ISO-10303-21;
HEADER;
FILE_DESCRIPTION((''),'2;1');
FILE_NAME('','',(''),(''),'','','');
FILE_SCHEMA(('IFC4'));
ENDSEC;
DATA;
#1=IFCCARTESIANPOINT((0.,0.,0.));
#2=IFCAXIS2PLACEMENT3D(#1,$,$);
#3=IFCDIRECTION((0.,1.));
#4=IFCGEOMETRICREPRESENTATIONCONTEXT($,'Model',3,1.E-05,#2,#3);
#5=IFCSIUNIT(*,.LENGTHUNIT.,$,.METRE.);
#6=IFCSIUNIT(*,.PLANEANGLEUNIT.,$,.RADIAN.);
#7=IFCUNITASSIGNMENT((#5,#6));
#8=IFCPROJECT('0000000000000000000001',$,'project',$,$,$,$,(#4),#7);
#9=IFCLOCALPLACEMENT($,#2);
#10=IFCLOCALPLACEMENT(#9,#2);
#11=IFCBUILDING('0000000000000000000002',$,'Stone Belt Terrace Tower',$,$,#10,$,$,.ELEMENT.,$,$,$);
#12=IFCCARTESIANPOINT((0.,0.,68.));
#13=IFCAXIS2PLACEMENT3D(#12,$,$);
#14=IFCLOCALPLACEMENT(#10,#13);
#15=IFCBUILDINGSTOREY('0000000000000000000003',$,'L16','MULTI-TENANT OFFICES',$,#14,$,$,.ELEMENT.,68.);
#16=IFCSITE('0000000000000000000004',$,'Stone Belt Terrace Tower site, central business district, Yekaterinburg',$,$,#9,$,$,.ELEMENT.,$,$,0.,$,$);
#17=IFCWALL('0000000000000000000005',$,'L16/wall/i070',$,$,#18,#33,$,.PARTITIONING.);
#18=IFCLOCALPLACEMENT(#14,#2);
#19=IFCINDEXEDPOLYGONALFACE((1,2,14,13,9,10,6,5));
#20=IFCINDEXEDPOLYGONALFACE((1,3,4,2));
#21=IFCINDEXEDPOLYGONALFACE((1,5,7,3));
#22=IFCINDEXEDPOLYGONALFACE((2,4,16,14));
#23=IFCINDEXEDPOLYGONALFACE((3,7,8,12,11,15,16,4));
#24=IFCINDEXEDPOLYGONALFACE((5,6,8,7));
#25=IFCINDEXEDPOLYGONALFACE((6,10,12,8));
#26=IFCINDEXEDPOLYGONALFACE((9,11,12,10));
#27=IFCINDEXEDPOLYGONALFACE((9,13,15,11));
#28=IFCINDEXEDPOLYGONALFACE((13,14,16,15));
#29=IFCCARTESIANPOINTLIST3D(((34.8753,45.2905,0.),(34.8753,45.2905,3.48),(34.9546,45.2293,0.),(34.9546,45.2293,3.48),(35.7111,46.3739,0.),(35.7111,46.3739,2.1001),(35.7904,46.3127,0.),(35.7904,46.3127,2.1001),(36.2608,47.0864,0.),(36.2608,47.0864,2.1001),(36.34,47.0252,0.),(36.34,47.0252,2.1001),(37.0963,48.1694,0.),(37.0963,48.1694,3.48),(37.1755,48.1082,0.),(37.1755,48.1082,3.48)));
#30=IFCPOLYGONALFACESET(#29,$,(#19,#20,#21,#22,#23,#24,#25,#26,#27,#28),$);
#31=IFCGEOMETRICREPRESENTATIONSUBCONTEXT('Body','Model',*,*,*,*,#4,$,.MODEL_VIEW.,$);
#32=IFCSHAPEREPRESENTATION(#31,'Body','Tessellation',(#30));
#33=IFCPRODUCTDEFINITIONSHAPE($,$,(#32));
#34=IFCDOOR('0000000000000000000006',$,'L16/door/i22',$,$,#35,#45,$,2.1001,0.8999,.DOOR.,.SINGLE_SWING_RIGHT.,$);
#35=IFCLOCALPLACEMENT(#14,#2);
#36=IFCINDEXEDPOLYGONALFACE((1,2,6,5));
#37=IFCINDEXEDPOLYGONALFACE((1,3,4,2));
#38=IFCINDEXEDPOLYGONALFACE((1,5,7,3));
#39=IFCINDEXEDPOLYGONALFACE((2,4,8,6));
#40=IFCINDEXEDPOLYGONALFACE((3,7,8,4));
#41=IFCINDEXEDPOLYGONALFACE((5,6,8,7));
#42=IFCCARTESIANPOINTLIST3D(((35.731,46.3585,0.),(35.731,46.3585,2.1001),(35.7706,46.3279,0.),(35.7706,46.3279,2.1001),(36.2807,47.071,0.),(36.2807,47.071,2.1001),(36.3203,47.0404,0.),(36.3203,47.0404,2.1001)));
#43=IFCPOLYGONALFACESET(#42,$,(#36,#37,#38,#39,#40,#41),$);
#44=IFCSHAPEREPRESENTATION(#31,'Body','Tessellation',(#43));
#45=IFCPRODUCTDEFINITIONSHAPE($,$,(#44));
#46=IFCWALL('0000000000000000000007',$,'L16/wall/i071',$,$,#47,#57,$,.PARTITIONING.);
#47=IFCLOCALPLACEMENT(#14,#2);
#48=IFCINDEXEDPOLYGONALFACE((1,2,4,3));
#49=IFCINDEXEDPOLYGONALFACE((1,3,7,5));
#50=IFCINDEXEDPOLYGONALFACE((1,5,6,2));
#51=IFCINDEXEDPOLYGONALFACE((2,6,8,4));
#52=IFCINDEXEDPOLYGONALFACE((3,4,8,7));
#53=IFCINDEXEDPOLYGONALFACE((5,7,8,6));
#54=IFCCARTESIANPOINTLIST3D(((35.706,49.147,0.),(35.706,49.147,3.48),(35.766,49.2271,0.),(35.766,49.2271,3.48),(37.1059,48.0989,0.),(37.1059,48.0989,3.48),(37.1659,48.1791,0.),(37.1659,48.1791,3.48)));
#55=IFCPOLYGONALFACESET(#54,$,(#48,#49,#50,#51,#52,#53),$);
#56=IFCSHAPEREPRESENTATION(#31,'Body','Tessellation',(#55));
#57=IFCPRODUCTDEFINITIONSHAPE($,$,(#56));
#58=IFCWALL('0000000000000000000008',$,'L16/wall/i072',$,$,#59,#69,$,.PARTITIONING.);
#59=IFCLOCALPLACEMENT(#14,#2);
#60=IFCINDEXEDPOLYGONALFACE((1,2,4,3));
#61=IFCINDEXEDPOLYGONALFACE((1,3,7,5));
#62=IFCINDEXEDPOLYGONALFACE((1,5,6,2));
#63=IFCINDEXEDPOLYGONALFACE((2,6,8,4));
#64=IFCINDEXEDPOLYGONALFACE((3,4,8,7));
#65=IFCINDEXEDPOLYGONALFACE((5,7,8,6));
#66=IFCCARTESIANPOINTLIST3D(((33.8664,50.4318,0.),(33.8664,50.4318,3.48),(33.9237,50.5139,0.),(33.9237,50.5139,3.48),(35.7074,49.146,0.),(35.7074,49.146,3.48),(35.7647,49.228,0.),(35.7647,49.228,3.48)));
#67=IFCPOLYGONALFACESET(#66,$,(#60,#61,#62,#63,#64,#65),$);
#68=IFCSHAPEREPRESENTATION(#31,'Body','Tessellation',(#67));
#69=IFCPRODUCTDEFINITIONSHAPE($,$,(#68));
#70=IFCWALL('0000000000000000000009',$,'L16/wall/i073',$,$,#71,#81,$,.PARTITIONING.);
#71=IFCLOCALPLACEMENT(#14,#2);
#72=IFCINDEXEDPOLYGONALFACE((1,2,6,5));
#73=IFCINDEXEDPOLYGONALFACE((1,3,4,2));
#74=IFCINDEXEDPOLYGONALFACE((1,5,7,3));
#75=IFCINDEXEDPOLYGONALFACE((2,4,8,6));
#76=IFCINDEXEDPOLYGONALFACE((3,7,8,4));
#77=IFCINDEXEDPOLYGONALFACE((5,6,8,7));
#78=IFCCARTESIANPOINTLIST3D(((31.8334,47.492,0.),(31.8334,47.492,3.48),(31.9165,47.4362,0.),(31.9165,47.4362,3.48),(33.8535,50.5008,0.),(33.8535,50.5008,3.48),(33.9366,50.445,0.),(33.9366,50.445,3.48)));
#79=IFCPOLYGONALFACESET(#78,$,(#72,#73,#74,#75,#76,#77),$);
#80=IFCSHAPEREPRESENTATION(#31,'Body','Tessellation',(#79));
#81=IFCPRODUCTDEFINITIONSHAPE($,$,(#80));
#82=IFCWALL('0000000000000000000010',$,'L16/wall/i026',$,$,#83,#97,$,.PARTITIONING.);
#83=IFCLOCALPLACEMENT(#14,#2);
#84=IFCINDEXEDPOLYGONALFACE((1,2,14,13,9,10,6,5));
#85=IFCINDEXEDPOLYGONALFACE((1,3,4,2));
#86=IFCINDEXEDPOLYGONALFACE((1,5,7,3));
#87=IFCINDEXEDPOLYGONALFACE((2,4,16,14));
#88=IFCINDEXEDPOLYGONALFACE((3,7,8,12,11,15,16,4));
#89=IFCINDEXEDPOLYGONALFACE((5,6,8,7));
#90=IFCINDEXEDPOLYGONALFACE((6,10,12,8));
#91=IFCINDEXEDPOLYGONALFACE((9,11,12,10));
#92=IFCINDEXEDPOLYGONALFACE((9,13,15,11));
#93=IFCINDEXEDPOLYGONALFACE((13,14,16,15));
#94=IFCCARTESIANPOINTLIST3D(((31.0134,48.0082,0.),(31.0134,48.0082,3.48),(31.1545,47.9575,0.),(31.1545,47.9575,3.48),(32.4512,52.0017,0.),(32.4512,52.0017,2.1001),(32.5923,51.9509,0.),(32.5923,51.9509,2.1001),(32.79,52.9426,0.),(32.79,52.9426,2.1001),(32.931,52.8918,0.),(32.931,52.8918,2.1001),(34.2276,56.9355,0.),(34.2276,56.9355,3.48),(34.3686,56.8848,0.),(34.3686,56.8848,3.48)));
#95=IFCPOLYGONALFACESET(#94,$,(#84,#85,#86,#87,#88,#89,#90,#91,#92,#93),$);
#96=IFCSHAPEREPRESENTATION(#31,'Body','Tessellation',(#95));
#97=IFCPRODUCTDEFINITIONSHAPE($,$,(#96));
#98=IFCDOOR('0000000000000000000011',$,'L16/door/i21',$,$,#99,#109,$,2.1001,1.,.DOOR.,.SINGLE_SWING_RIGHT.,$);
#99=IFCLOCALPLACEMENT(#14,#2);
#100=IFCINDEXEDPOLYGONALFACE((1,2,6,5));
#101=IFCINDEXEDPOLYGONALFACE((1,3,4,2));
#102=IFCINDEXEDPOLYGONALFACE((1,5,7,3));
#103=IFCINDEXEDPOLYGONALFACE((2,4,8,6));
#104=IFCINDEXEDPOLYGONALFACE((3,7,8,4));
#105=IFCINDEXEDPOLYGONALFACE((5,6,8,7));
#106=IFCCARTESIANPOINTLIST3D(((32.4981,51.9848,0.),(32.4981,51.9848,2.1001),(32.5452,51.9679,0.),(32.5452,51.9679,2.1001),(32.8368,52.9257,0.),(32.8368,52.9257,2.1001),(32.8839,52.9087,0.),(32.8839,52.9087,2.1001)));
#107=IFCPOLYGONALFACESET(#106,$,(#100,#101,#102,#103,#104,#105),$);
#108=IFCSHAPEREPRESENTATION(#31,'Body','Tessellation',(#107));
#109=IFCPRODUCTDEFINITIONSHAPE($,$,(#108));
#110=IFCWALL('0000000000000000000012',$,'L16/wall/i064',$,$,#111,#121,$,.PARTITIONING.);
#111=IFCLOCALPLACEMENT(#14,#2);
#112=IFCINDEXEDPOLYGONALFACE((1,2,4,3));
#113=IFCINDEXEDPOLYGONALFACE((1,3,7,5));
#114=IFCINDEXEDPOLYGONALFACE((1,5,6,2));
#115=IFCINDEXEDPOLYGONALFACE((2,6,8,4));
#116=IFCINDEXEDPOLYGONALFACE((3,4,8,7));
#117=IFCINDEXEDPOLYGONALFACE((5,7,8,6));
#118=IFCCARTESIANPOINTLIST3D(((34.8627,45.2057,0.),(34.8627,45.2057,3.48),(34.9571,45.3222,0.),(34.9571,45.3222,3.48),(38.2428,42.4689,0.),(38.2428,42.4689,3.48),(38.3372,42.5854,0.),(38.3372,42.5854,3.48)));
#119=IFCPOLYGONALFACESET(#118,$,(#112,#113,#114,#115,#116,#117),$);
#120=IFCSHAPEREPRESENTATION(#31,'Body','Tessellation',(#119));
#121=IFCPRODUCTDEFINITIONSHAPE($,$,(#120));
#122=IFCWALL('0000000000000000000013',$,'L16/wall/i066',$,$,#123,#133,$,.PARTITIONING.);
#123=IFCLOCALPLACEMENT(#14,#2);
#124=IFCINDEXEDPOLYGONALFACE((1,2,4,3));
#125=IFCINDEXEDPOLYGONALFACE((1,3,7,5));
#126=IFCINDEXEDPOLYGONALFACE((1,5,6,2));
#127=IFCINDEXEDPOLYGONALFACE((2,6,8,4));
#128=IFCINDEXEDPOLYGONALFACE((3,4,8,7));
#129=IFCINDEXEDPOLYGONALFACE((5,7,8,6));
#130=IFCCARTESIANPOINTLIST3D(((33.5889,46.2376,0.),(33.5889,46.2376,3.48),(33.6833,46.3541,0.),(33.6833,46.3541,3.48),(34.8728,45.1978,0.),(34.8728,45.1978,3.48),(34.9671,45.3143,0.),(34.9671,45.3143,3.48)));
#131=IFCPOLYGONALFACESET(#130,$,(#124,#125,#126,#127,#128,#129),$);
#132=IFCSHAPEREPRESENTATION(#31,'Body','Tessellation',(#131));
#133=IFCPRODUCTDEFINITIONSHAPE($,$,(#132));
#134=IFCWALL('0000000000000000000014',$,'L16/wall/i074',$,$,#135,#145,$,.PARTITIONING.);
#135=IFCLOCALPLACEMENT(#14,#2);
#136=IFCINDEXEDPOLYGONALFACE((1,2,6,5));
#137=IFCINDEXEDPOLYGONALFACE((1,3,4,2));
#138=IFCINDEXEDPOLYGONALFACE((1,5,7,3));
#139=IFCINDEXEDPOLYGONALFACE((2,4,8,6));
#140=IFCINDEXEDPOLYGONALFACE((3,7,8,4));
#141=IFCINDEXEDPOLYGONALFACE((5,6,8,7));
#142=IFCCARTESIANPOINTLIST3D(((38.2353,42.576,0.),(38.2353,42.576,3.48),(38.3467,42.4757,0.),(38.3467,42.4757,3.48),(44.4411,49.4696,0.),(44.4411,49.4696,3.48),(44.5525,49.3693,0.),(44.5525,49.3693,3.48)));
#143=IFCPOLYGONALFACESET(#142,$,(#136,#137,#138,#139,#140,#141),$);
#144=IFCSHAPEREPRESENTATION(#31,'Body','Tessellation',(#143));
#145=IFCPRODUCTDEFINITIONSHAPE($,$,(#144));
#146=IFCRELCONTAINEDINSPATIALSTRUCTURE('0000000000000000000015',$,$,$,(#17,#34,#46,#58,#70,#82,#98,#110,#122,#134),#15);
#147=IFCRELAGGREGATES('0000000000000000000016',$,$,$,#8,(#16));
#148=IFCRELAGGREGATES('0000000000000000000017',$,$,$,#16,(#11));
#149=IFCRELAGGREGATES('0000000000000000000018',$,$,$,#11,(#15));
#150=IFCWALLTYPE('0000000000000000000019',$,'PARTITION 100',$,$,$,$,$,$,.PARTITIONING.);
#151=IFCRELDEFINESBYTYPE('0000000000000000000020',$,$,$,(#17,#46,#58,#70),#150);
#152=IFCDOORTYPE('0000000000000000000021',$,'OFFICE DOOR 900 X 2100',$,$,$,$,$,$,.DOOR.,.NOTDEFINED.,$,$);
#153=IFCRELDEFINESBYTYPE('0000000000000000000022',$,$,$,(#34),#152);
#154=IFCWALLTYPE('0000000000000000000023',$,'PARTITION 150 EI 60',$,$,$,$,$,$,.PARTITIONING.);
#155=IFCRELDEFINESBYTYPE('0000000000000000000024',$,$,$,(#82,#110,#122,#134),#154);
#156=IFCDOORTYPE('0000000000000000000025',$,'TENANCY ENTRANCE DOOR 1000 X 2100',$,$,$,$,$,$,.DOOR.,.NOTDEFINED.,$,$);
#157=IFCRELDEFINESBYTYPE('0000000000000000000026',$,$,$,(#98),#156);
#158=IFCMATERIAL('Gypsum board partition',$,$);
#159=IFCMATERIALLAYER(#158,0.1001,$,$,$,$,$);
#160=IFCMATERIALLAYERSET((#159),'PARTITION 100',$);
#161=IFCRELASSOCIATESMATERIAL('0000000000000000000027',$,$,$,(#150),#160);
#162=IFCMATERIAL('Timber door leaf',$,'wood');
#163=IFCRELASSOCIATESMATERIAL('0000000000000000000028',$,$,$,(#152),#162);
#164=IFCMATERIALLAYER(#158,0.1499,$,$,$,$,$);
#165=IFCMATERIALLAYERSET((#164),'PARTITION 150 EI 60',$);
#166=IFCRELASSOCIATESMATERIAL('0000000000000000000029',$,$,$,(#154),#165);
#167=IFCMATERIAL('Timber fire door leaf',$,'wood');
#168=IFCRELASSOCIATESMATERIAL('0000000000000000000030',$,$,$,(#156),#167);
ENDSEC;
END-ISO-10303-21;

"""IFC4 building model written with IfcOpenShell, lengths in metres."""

from ifc_helpers import new_model, si_unit, direction, frame, frame_2d, origin, place, context, subcontext, project, spatial, rectangle, extrude, material, layer, layer_set, type_object, element, fill, save


model = new_model("IFC4")

# Units and contexts
model_context = context("Model", 3, precision=1e-05, world=origin(), true_north=direction((0.0, 1.0)))
body_context = subcontext(model_context, "Body", "Model", "MODEL_VIEW")
ifc_project = project(units=[si_unit("LENGTHUNIT", "METRE"), si_unit("PLANEANGLEUNIT", "RADIAN")], contexts=[model_context])

# Site, building, storey
site_placement = place(None, origin())
site = spatial("IfcSite", under=ifc_project, at=site_placement, Name="Stone Belt Terrace Tower site, central business district, Yekaterinburg", CompositionType="ELEMENT", RefElevation=0.0)
building_placement = place(site_placement, origin())
building = spatial("IfcBuilding", under=site, at=building_placement, Name="Stone Belt Terrace Tower", CompositionType="ELEMENT")
storey_placement = place(building_placement, frame((0.0, 0.0, 68.0)))
storey = spatial("IfcBuildingStorey", under=building, at=storey_placement, Name="L16", Description="MULTI-TENANT OFFICES", CompositionType="ELEMENT", Elevation=68.0)

# Wall, opening, door
ifc_material_1 = material(Name="Gypsum board partition")
ifc_layer_1 = layer(ifc_material_1, 0.1001)
ifc_layer_set_1 = layer_set([ifc_layer_1], Name="PARTITION 100")
wall_type_1 = type_object("IfcWallType", Name="PARTITION 100", PredefinedType="PARTITIONING", material=ifc_layer_set_1)
wall_1_placement = place(storey_placement, frame((34.915, 45.26, 0.0), z_axis=(0.0, 0.0, 1.0), x_axis=(0.610817, 0.791772, 0.0)))
wall_1 = element("IfcWall", 1, at=wall_1_placement, inside=storey, type_object=wall_type_1, Name="L16/wall/i070", PredefinedType="PARTITIONING", context=body_context, shape_type="SweptSolid", body=[
    extrude(rectangle(XDim=3.636, YDim=0.1001, at=frame_2d((1.8179, 0.0))), origin(), (0.0, 0.0, 1.0), 3.48),
])
opening_1_placement = place(wall_1_placement, frame((1.3682, 0.0, 0.0)))
opening_1 = element("IfcOpeningElement", 2, at=opening_1_placement, cuts=wall_1, PredefinedType="OPENING", context=body_context, shape_type="SweptSolid", body=[
    extrude(rectangle(XDim=0.8999, YDim=2.1001, at=frame_2d((0.45, 1.05))), frame((0.0, 0.0601, 0.0), z_axis=(0.0, -1.0, 0.0), x_axis=(1.0, 0.0, 0.0)), (0.0, 0.0, 1.0), 0.1201),
])
ifc_material_2 = material(Name="Timber door leaf", Category="wood")
door_type_1 = type_object("IfcDoorType", Name="OFFICE DOOR 900 X 2100", OperationType="NOTDEFINED", PredefinedType="DOOR", material=ifc_material_2)
door_1_placement = place(opening_1_placement, origin())
door_1 = element("IfcDoor", 3, at=door_1_placement, inside=storey, type_object=door_type_1, Name="L16/door/i22", OperationType="SINGLE_SWING_RIGHT", OverallHeight=2.1001, OverallWidth=0.8999, PredefinedType="DOOR", context=body_context, shape_type="SweptSolid", body=[
    extrude(rectangle(XDim=0.8999, YDim=2.1001, at=frame_2d((0.45, 1.05))), frame((0.0, 0.0249, 0.0), z_axis=(0.0, -1.0, 0.0), x_axis=(1.0, 0.0, 0.0)), (0.0, 0.0, 1.0), 0.05),
])
fill(opening_1, door_1)

# Walls
wall_2_placement = place(storey_placement, frame((37.136, 48.1389, 0.0), z_axis=(0.0, 0.0, 1.0), x_axis=(-0.800502, 0.59933, 0.0)))
element("IfcWall", 4, at=wall_2_placement, inside=storey, type_object=wall_type_1, Name="L16/wall/i071", PredefinedType="PARTITIONING", context=body_context, shape_type="SweptSolid", body=[
    extrude(rectangle(XDim=1.7488, YDim=0.1001, at=frame_2d((0.8745, 0.0))), origin(), (0.0, 0.0, 1.0), 3.48),
])
wall_3_placement = place(storey_placement, frame((35.7361, 49.187, 0.0), z_axis=(0.0, 0.0, 1.0), x_axis=(-0.819829, 0.572608, 0.0)))
element("IfcWall", 5, at=wall_3_placement, inside=storey, type_object=wall_type_1, Name="L16/wall/i072", PredefinedType="PARTITIONING", context=body_context, shape_type="SweptSolid", body=[
    extrude(rectangle(XDim=2.2456, YDim=0.1001, at=frame_2d((1.1228, 0.0))), origin(), (0.0, 0.0, 1.0), 3.48),
])
wall_4_placement = place(storey_placement, frame((33.895, 50.4729, 0.0), z_axis=(0.0, 0.0, 1.0), x_axis=(-0.557402, -0.830243, 0.0)))
element("IfcWall", 6, at=wall_4_placement, inside=storey, type_object=wall_type_1, Name="L16/wall/i073", PredefinedType="PARTITIONING", context=body_context, shape_type="SweptSolid", body=[
    extrude(rectangle(XDim=3.624, YDim=0.1001, at=frame_2d((1.812, 0.0))), origin(), (0.0, 0.0, 1.0), 3.48),
])

# Wall, opening, door
ifc_layer_2 = layer(ifc_material_1, 0.1499)
ifc_layer_set_2 = layer_set([ifc_layer_2], Name="PARTITION 150 EI 60")
wall_type_2 = type_object("IfcWallType", Name="PARTITION 150 EI 60", PredefinedType="PARTITIONING", material=ifc_layer_set_2)
wall_5_placement = place(storey_placement, frame((34.2981, 56.9102, 0.0), z_axis=(0.0, 0.0, 1.0), x_axis=(-0.338748, -0.940877, 0.0)))
wall_5 = element("IfcWall", 7, at=wall_5_placement, inside=storey, type_object=wall_type_2, Name="L16/wall/i026", PredefinedType="PARTITIONING", context=body_context, shape_type="SweptSolid", body=[
    extrude(rectangle(XDim=9.4883, YDim=0.1499, at=frame_2d((4.7441, 0.0))), origin(), (0.0, 0.0, 1.0), 3.48),
])
opening_2_placement = place(wall_5_placement, frame((4.2439, 0.0, 0.0)))
opening_2 = element("IfcOpeningElement", 8, at=opening_2_placement, cuts=wall_5, PredefinedType="OPENING", context=body_context, shape_type="SweptSolid", body=[
    extrude(rectangle(XDim=1.0, YDim=2.1001, at=frame_2d((0.5, 1.05))), frame((0.0, 0.085, 0.0), z_axis=(0.0, -1.0, 0.0), x_axis=(1.0, 0.0, 0.0)), (0.0, 0.0, 1.0), 0.1699),
])
ifc_material_3 = material(Name="Timber fire door leaf", Category="wood")
door_type_2 = type_object("IfcDoorType", Name="TENANCY ENTRANCE DOOR 1000 X 2100", OperationType="NOTDEFINED", PredefinedType="DOOR", material=ifc_material_3)
door_2_placement = place(opening_2_placement, origin())
door_2 = element("IfcDoor", 9, at=door_2_placement, inside=storey, type_object=door_type_2, Name="L16/door/i21", OperationType="SINGLE_SWING_RIGHT", OverallHeight=2.1001, OverallWidth=1.0, PredefinedType="DOOR", context=body_context, shape_type="SweptSolid", body=[
    extrude(rectangle(XDim=1.0, YDim=2.1001, at=frame_2d((0.5, 1.05))), frame((0.0, 0.0249, 0.0), z_axis=(0.0, -1.0, 0.0), x_axis=(1.0, 0.0, 0.0)), (0.0, 0.0, 1.0), 0.05),
])
fill(opening_2, door_2)

# Walls
wall_6_placement = place(storey_placement, frame((34.9099, 45.2639, 0.0), z_axis=(0.0, 0.0, 1.0), x_axis=(0.777186, -0.629271, 0.0)))
element("IfcWall", 10, at=wall_6_placement, inside=storey, type_object=wall_type_2, Name="L16/wall/i064", PredefinedType="PARTITIONING", context=body_context, shape_type="SweptSolid", body=[
    extrude(rectangle(XDim=4.3491, YDim=0.1499, at=frame_2d((2.1746, 0.0))), origin(), (0.0, 0.0, 1.0), 3.48),
])
wall_7_placement = place(storey_placement, frame((33.636, 46.2959, 0.0), z_axis=(0.0, 0.0, 1.0), x_axis=(0.777121, -0.629351, 0.0)))
element("IfcWall", 11, at=wall_7_placement, inside=storey, type_object=wall_type_2, Name="L16/wall/i066", PredefinedType="PARTITIONING", context=body_context, shape_type="SweptSolid", body=[
    extrude(rectangle(XDim=1.6521, YDim=0.1499, at=frame_2d((0.8262, 0.0))), origin(), (0.0, 0.0, 1.0), 3.48),
])
wall_8_placement = place(storey_placement, frame((44.4968, 49.4194, 0.0), z_axis=(0.0, 0.0, 1.0), x_axis=(-0.669061, -0.743208, 0.0)))
element("IfcWall", 12, at=wall_8_placement, inside=storey, type_object=wall_type_2, Name="L16/wall/i074", PredefinedType="PARTITIONING", context=body_context, shape_type="SweptSolid", body=[
    extrude(rectangle(XDim=9.2754, YDim=0.1499, at=frame_2d((4.6377, 0.0))), origin(), (0.0, 0.0, 1.0), 3.48),
])

save(model, "model.ifc")
